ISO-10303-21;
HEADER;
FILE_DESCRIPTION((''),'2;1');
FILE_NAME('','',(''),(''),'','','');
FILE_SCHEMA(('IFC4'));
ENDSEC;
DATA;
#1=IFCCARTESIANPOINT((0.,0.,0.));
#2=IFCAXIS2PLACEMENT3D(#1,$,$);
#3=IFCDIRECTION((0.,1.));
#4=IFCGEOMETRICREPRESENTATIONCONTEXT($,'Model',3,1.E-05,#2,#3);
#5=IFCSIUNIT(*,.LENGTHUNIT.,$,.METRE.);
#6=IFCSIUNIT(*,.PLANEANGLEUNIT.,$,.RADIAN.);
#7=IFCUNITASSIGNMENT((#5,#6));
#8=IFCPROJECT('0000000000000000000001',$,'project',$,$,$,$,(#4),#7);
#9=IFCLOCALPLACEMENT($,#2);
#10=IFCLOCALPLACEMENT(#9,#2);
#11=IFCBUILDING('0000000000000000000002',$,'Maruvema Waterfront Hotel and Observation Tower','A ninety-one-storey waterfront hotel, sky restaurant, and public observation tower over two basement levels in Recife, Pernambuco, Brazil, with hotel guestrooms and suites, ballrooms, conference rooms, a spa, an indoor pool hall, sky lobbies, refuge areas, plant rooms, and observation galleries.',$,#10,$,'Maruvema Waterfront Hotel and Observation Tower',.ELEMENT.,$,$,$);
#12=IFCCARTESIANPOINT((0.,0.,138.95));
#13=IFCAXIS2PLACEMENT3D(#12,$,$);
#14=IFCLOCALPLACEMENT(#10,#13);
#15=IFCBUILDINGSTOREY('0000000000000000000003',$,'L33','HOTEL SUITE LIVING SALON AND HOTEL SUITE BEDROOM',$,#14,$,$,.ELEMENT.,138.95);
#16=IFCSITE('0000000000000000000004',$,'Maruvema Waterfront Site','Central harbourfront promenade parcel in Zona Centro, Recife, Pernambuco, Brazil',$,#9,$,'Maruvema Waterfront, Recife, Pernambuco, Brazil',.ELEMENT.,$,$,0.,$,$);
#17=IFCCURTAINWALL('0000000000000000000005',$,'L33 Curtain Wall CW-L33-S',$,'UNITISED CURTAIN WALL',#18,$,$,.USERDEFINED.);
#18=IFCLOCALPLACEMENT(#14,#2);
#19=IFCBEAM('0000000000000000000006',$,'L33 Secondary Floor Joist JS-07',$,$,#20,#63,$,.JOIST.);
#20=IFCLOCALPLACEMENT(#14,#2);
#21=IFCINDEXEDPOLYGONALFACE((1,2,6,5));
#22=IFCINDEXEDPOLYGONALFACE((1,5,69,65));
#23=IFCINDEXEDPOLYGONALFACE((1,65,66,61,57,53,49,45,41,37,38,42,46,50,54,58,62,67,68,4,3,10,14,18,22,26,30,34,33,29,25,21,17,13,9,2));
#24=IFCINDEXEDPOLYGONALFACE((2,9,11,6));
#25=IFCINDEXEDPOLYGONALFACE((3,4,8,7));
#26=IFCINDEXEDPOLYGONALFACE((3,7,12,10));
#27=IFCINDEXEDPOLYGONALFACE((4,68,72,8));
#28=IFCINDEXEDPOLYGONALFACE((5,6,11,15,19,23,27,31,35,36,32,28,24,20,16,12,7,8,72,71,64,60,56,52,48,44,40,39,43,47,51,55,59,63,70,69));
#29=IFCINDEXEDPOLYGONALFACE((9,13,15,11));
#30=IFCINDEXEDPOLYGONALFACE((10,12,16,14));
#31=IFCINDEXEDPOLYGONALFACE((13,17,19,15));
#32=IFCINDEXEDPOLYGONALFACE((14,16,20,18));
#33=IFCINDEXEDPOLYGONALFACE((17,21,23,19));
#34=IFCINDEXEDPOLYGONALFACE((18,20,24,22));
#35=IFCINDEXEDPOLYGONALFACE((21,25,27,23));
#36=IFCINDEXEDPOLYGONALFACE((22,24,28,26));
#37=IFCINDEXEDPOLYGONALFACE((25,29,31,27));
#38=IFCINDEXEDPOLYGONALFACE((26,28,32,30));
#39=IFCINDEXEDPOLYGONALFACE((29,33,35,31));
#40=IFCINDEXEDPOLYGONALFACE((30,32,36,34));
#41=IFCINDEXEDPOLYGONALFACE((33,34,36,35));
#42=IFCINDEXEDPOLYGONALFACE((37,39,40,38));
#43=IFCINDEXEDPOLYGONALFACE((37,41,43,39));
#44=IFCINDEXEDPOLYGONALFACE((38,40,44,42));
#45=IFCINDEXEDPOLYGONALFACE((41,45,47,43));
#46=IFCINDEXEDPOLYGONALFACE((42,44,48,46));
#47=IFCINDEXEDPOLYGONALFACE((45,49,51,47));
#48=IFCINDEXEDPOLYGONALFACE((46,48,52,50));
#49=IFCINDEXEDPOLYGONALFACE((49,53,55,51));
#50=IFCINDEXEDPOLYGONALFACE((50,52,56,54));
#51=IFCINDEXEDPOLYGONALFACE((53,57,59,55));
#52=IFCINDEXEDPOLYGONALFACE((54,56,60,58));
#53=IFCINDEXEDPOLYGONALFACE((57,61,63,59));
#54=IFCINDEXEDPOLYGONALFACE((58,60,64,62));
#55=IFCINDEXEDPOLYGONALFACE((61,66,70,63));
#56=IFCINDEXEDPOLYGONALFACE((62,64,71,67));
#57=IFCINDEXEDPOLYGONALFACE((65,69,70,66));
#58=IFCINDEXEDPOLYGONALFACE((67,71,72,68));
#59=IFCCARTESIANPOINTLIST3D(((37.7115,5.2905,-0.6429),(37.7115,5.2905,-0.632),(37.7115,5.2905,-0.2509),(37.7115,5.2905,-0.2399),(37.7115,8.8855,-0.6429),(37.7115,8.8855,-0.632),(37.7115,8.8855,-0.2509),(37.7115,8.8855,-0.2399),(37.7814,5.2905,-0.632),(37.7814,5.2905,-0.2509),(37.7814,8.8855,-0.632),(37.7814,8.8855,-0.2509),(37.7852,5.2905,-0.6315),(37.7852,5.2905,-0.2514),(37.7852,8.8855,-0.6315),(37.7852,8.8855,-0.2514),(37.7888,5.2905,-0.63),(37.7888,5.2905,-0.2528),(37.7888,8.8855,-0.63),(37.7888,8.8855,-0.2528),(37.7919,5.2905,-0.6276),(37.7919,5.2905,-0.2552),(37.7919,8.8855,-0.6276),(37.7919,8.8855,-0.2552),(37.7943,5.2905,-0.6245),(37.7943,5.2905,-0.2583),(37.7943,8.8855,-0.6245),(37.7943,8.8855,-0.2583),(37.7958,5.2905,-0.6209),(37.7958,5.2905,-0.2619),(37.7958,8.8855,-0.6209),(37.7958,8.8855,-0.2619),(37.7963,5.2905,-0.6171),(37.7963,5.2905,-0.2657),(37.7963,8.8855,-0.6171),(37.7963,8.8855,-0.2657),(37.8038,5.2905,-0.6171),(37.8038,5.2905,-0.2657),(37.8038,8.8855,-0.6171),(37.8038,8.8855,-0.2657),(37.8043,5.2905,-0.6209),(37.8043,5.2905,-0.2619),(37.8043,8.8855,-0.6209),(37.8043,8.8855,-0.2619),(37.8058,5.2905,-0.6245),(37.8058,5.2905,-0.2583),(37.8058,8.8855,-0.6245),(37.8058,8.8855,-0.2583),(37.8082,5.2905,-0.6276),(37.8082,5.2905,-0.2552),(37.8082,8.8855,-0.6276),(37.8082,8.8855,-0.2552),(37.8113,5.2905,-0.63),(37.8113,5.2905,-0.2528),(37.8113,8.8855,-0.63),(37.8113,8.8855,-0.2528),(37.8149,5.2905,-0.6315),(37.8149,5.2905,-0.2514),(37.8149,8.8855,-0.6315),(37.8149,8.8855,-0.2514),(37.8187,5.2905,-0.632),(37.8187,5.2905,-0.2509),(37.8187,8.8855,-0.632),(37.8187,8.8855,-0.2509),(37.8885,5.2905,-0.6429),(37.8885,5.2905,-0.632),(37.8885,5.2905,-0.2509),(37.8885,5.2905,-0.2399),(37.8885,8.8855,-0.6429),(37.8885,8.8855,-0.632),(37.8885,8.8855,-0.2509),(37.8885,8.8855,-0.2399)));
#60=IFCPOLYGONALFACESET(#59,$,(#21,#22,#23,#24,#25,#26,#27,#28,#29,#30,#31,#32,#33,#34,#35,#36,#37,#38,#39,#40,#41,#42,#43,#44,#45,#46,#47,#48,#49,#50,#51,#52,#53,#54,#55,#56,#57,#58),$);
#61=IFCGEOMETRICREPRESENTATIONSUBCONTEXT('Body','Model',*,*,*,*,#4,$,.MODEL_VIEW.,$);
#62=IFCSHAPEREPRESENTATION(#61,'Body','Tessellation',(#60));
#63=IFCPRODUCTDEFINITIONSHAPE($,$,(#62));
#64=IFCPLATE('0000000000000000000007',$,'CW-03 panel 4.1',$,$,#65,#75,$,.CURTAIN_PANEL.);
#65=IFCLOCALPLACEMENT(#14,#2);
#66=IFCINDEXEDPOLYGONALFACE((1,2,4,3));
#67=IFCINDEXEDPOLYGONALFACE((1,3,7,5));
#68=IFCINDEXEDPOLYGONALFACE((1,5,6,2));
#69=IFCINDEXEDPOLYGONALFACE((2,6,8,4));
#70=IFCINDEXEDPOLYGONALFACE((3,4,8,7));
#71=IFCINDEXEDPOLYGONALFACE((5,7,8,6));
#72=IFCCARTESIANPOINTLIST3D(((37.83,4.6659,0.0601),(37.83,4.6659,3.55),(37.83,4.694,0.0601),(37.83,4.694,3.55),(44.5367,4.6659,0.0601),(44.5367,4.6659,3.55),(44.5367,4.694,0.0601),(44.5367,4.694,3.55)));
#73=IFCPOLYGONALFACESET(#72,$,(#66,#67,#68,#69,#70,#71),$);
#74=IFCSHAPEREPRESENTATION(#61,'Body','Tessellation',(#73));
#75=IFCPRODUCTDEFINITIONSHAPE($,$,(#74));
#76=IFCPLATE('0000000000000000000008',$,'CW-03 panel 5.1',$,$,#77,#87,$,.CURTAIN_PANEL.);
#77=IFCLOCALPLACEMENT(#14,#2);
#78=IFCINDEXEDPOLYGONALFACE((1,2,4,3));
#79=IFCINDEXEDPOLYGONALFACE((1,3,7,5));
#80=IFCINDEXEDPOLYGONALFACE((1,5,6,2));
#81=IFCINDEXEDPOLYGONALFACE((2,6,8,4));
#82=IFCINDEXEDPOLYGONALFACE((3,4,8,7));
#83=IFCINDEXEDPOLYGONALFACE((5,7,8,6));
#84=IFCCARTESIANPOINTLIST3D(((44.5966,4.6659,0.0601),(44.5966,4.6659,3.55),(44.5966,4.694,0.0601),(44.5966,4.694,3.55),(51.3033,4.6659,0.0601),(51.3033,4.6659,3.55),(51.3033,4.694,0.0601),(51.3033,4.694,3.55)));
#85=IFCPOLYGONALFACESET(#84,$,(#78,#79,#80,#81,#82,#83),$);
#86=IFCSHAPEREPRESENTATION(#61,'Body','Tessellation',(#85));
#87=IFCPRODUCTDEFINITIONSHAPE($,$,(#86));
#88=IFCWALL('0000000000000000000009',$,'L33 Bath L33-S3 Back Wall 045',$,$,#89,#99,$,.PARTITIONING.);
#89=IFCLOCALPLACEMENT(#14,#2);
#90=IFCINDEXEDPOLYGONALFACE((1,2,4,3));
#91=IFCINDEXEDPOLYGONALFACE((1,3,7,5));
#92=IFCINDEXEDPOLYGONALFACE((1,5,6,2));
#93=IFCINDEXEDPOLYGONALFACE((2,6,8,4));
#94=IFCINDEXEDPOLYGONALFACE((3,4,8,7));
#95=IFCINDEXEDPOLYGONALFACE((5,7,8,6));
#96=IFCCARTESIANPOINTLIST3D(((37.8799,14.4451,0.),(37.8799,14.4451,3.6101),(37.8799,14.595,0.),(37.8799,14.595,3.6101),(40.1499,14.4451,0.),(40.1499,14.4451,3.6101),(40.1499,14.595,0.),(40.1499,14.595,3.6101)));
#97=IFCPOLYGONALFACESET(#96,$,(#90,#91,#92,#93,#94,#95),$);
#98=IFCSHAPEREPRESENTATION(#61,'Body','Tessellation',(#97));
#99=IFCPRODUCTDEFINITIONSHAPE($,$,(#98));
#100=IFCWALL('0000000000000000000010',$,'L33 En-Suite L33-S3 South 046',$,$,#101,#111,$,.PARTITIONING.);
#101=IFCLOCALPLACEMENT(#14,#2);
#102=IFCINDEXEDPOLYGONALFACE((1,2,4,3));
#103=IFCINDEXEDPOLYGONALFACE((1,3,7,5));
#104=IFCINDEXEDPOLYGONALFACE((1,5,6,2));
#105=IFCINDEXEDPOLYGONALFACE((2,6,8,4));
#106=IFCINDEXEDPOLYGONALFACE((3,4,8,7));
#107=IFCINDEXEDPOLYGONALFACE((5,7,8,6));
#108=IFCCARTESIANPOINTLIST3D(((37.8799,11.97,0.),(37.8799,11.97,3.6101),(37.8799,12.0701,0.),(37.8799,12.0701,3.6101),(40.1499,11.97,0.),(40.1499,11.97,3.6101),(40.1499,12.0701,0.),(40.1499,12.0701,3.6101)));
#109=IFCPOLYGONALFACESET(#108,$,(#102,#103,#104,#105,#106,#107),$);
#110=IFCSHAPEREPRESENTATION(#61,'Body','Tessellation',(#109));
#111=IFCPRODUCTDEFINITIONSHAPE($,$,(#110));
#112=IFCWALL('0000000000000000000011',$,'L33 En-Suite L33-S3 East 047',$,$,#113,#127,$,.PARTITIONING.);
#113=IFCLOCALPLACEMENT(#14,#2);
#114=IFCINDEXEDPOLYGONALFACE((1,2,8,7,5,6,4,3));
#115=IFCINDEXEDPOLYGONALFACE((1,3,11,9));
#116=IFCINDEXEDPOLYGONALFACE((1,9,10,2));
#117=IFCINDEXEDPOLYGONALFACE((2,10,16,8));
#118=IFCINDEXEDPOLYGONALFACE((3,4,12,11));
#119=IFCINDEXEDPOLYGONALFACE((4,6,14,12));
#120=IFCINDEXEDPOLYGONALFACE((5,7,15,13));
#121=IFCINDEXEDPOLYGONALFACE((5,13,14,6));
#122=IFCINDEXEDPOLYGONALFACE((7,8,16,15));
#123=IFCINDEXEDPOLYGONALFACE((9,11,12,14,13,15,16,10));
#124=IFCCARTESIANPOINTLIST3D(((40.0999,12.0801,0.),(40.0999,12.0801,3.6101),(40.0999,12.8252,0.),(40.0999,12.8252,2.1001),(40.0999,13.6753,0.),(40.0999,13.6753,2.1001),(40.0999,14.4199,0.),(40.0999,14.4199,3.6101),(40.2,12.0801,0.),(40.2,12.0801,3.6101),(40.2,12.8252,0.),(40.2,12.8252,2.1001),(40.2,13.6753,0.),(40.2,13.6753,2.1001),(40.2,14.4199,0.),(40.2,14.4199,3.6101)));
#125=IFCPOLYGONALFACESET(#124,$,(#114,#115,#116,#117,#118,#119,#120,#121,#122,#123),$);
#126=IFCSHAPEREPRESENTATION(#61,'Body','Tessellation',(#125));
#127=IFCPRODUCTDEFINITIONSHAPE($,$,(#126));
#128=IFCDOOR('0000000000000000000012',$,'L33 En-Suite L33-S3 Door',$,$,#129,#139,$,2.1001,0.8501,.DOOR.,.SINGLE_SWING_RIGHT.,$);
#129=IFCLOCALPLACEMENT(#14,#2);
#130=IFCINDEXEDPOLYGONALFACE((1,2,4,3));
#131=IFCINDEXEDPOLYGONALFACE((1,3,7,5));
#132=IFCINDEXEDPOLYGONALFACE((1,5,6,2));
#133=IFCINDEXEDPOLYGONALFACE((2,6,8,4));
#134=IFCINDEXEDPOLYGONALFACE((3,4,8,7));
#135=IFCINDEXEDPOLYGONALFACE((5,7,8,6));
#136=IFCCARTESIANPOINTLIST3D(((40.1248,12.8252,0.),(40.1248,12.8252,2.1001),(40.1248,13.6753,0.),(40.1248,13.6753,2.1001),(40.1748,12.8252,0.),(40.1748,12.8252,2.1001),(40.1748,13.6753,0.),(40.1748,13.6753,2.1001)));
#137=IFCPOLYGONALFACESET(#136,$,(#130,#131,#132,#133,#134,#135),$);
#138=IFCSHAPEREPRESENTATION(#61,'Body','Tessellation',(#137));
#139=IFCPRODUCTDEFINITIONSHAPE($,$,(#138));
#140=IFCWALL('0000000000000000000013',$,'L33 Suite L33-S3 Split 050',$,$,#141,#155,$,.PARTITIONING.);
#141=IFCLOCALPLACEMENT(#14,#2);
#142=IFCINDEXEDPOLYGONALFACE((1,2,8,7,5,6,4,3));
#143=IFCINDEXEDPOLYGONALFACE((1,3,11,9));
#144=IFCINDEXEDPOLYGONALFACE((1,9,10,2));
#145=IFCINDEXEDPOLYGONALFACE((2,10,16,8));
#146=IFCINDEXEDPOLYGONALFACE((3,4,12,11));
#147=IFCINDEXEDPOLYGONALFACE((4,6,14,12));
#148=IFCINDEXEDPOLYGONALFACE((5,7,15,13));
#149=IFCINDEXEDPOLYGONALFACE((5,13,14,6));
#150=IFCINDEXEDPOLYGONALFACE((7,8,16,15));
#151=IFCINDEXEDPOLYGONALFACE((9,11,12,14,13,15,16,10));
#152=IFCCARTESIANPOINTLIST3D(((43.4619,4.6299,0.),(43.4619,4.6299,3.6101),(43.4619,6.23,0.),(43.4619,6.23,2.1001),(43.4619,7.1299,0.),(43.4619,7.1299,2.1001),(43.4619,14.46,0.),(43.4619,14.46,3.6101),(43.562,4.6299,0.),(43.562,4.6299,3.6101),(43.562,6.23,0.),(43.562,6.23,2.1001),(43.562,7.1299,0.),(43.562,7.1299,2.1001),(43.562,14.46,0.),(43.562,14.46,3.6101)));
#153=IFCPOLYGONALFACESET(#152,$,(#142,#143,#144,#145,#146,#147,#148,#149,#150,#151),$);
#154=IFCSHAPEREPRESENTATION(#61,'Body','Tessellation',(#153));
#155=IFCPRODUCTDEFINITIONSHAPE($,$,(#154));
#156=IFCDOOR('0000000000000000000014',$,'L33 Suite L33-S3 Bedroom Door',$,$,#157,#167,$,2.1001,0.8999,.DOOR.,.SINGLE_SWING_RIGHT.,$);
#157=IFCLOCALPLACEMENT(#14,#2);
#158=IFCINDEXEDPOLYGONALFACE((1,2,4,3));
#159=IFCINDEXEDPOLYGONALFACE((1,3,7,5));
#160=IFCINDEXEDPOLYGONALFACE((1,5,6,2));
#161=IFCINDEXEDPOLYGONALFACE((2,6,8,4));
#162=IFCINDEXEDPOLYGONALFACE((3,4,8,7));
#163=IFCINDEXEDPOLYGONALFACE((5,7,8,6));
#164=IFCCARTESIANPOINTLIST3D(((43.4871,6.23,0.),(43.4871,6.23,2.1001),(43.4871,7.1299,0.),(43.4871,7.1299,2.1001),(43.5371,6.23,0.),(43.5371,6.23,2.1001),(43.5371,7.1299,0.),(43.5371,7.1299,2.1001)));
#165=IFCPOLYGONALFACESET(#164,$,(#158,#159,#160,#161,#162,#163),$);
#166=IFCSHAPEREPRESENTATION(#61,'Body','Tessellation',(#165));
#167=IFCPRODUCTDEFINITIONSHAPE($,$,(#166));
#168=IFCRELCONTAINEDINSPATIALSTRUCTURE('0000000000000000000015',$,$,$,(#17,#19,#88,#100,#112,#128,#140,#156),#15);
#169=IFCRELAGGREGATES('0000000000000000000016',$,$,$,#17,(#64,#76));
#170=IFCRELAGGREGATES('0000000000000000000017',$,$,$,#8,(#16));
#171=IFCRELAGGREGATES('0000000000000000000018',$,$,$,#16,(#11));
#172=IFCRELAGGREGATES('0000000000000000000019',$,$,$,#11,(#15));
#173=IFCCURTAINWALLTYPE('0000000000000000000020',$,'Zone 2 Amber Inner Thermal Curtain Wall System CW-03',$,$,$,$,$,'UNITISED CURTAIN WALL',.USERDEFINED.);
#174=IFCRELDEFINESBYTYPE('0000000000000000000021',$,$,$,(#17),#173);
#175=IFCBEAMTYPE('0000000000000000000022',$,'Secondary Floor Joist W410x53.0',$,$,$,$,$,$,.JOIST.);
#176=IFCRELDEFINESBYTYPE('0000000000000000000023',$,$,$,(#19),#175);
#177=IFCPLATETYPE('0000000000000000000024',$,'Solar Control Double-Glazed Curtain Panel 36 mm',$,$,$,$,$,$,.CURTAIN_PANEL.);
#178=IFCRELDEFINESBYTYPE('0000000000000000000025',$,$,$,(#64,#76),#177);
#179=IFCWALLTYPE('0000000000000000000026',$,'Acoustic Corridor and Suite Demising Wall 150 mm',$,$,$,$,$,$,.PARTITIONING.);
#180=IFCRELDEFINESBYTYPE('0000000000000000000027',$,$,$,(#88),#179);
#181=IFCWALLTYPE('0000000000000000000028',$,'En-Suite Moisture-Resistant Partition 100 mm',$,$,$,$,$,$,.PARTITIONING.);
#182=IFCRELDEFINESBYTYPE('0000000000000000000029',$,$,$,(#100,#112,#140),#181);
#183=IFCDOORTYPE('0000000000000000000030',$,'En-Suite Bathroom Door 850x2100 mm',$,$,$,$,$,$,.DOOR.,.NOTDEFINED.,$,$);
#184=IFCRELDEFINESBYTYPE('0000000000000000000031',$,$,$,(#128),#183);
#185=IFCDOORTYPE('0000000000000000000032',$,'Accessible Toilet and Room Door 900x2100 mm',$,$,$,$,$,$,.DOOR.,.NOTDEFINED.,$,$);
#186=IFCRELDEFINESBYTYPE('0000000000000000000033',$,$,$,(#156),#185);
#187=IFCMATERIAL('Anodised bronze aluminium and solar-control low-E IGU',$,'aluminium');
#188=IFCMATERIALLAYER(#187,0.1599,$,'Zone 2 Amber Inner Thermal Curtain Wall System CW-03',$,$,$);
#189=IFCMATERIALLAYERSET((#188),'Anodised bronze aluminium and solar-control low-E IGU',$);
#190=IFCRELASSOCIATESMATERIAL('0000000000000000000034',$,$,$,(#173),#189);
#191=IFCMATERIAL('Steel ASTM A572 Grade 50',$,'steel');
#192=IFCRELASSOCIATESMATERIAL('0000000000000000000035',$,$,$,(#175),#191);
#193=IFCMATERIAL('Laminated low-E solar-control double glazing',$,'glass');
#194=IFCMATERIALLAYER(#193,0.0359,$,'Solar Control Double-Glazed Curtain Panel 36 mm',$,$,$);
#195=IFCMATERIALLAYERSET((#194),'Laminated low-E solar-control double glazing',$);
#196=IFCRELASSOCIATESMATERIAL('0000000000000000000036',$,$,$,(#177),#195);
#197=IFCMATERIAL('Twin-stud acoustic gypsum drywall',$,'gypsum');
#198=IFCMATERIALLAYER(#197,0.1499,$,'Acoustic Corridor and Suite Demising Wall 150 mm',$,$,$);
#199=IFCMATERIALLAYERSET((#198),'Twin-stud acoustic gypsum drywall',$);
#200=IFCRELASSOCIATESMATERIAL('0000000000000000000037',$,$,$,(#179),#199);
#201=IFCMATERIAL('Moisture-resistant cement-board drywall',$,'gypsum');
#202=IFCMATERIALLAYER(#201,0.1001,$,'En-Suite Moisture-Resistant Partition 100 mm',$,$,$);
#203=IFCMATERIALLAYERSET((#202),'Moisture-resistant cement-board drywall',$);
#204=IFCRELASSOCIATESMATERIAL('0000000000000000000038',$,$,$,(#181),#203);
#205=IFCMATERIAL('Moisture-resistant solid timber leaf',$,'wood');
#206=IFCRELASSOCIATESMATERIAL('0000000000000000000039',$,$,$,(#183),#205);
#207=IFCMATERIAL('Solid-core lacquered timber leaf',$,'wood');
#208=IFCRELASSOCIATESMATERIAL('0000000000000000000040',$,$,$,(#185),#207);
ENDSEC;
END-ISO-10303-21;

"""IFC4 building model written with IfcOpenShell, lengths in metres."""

from ifc_helpers import new_model, si_unit, direction, frame, frame_2d, origin, origin_2d, place, context, subcontext, project, spatial, rectangle, i_section, extrude, material, layer, layer_set, material_profile, profile_set, type_object, element, fill, aggregate, save


model = new_model("IFC4")

# Units and contexts
model_context = context("Model", 3, precision=1e-05, world=origin(), true_north=direction((0.0, 1.0)))
body_context = subcontext(model_context, "Body", "Model", "MODEL_VIEW")
ifc_project = project(units=[si_unit("LENGTHUNIT", "METRE"), si_unit("PLANEANGLEUNIT", "RADIAN")], contexts=[model_context])

# Site, building, storey
site_placement = place(None, origin())
site = spatial("IfcSite", under=ifc_project, at=site_placement, Name="Maruvema Waterfront Site", Description="Central harbourfront promenade parcel in Zona Centro, Recife, Pernambuco, Brazil", LongName="Maruvema Waterfront, Recife, Pernambuco, Brazil", CompositionType="ELEMENT", RefElevation=0.0)
building_placement = place(site_placement, origin())
building = spatial("IfcBuilding", under=site, at=building_placement, Name="Maruvema Waterfront Hotel and Observation Tower", Description="A ninety-one-storey waterfront hotel, sky restaurant, and public observation tower over two basement levels in Recife, Pernambuco, Brazil, with hotel guestrooms and suites, ballrooms, conference rooms, a spa, an indoor pool hall, sky lobbies, refuge areas, plant rooms, and observation galleries.", LongName="Maruvema Waterfront Hotel and Observation Tower", CompositionType="ELEMENT")
storey_placement = place(building_placement, frame((0.0, 0.0, 138.95)))
storey = spatial("IfcBuildingStorey", under=building, at=storey_placement, Name="L33", Description="HOTEL SUITE LIVING SALON AND HOTEL SUITE BEDROOM", CompositionType="ELEMENT", Elevation=138.95)

# Curtain wall
ifc_material_1 = material(Name="Anodised bronze aluminium and solar-control low-E IGU", Category="aluminium")
ifc_layer_1 = layer(ifc_material_1, 0.1599, Name="Zone 2 Amber Inner Thermal Curtain Wall System CW-03")
ifc_layer_set_1 = layer_set([ifc_layer_1], Name="Anodised bronze aluminium and solar-control low-E IGU")
curtain_wall_type = type_object("IfcCurtainWallType", Name="Zone 2 Amber Inner Thermal Curtain Wall System CW-03", ElementType="UNITISED CURTAIN WALL", PredefinedType="USERDEFINED", material=ifc_layer_set_1)
curtain_wall_placement = place(storey_placement, origin())
curtain_wall = element("IfcCurtainWall", 1, at=curtain_wall_placement, inside=storey, type_object=curtain_wall_type, Name="L33 Curtain Wall CW-L33-S", ObjectType="UNITISED CURTAIN WALL", PredefinedType="USERDEFINED")

# Beam
ifc_material_2 = material(Name="Steel ASTM A572 Grade 50", Category="steel")
ifc_material_profile_1 = material_profile(ifc_material_2, i_section(OverallWidth=0.177, OverallDepth=0.4031, WebThickness=0.0076, FlangeThickness=0.011, FilletRadius=0.0149, at=origin_2d()), Name="W410x53.0")
ifc_profile_set_1 = profile_set([ifc_material_profile_1], Name="Steel ASTM A572 Grade 50")
beam_type_1 = type_object("IfcBeamType", Name="Secondary Floor Joist W410x53.0", PredefinedType="JOIST", material=ifc_profile_set_1)
beam_1_placement = place(storey_placement, frame((37.8, 5.2905, -0.4414), z_axis=(0.0, 1.0, 0.0), x_axis=(-1.0, 0.0, 0.0)))
element("IfcBeam", 2, at=beam_1_placement, inside=storey, type_object=beam_type_1, Name="L33 Secondary Floor Joist JS-07", PredefinedType="JOIST", context=body_context, shape_type="SweptSolid", body=[
    extrude(i_section(OverallWidth=0.177, OverallDepth=0.4031, WebThickness=0.0076, FlangeThickness=0.011, FilletRadius=0.0149, at=origin_2d()), origin(), (0.0, 0.0, 1.0), 3.595),
])

# Plates
ifc_material_3 = material(Name="Laminated low-E solar-control double glazing", Category="glass")
ifc_layer_2 = layer(ifc_material_3, 0.0359, Name="Solar Control Double-Glazed Curtain Panel 36 mm")
ifc_layer_set_2 = layer_set([ifc_layer_2], Name="Laminated low-E solar-control double glazing")
plate_type = type_object("IfcPlateType", Name="Solar Control Double-Glazed Curtain Panel 36 mm", PredefinedType="CURTAIN_PANEL", material=ifc_layer_set_2)
plate_1_placement = place(storey_placement, frame((41.1833, 4.6799, 0.0601), z_axis=(0.0, 0.0, 1.0), x_axis=(1.0, 0.0, 0.0)))
plate_1 = element("IfcPlate", 3, at=plate_1_placement, type_object=plate_type, Name="CW-03 panel 4.1", PredefinedType="CURTAIN_PANEL", context=body_context, shape_type="SweptSolid", body=[
    extrude(rectangle(XDim=6.7068, YDim=0.0281, at=origin_2d()), origin(), (0.0, 0.0, 1.0), 3.49),
])
plate_2_placement = place(storey_placement, frame((47.95, 4.6799, 0.0601), z_axis=(0.0, 0.0, 1.0), x_axis=(1.0, 0.0, 0.0)))
plate_2 = element("IfcPlate", 4, at=plate_2_placement, type_object=plate_type, Name="CW-03 panel 5.1", PredefinedType="CURTAIN_PANEL", context=body_context, shape_type="SweptSolid", body=[
    extrude(rectangle(XDim=6.7068, YDim=0.0281, at=origin_2d()), origin(), (0.0, 0.0, 1.0), 3.49),
])
aggregate(curtain_wall, [plate_1, plate_2])

# Wall
ifc_material_4 = material(Name="Twin-stud acoustic gypsum drywall", Category="gypsum")
ifc_layer_3 = layer(ifc_material_4, 0.1499, Name="Acoustic Corridor and Suite Demising Wall 150 mm")
ifc_layer_set_3 = layer_set([ifc_layer_3], Name="Twin-stud acoustic gypsum drywall")
wall_type_1 = type_object("IfcWallType", Name="Acoustic Corridor and Suite Demising Wall 150 mm", PredefinedType="PARTITIONING", material=ifc_layer_set_3)
wall_1_placement = place(storey_placement, frame((37.8799, 14.52, 0.0), z_axis=(0.0, 0.0, 1.0), x_axis=(1.0, 0.0, 0.0)))
element("IfcWall", 5, at=wall_1_placement, inside=storey, type_object=wall_type_1, Name="L33 Bath L33-S3 Back Wall 045", PredefinedType="PARTITIONING", context=body_context, shape_type="SweptSolid", body=[
    extrude(rectangle(XDim=2.27, YDim=0.1499, at=frame_2d((1.135, 0.0))), origin(), (0.0, 0.0, 1.0), 3.6101),
])

# Wall
ifc_material_5 = material(Name="Moisture-resistant cement-board drywall", Category="gypsum")
ifc_layer_4 = layer(ifc_material_5, 0.1001, Name="En-Suite Moisture-Resistant Partition 100 mm")
ifc_layer_set_4 = layer_set([ifc_layer_4], Name="Moisture-resistant cement-board drywall")
wall_type_2 = type_object("IfcWallType", Name="En-Suite Moisture-Resistant Partition 100 mm", PredefinedType="PARTITIONING", material=ifc_layer_set_4)
wall_2_placement = place(storey_placement, frame((37.8799, 12.02, 0.0), z_axis=(0.0, 0.0, 1.0), x_axis=(1.0, 0.0, 0.0)))
element("IfcWall", 6, at=wall_2_placement, inside=storey, type_object=wall_type_2, Name="L33 En-Suite L33-S3 South 046", PredefinedType="PARTITIONING", context=body_context, shape_type="SweptSolid", body=[
    extrude(rectangle(XDim=2.27, YDim=0.1001, at=frame_2d((1.135, 0.0))), origin(), (0.0, 0.0, 1.0), 3.6101),
])

# Walls, openings, doors
wall_3_placement = place(storey_placement, frame((40.1499, 12.0801, 0.0), z_axis=(0.0, 0.0, 1.0), x_axis=(0.0, 1.0, 0.0)))
wall_3 = element("IfcWall", 7, at=wall_3_placement, inside=storey, type_object=wall_type_2, Name="L33 En-Suite L33-S3 East 047", PredefinedType="PARTITIONING", context=body_context, shape_type="SweptSolid", body=[
    extrude(rectangle(XDim=2.3398, YDim=0.1001, at=frame_2d((1.1699, 0.0))), origin(), (0.0, 0.0, 1.0), 3.6101),
])
opening_1_placement = place(wall_3_placement, frame((0.7451, 0.0, 0.0)))
opening_1 = element("IfcOpeningElement", 8, at=opening_1_placement, cuts=wall_3, PredefinedType="OPENING", context=body_context, shape_type="SweptSolid", body=[
    extrude(rectangle(XDim=0.8501, YDim=2.1001, at=frame_2d((0.425, 1.05))), frame((0.0, 0.0601, 0.0), z_axis=(0.0, -1.0, 0.0), x_axis=(1.0, 0.0, 0.0)), (0.0, 0.0, 1.0), 0.1201),
])
ifc_material_6 = material(Name="Moisture-resistant solid timber leaf", Category="wood")
door_type_1 = type_object("IfcDoorType", Name="En-Suite Bathroom Door 850x2100 mm", OperationType="NOTDEFINED", PredefinedType="DOOR", material=ifc_material_6)
door_1_placement = place(opening_1_placement, frame((0.8501, 0.0, 0.0), z_axis=(0.0, 0.0, 1.0), x_axis=(-1.0, 0.0, 0.0)))
door_1 = element("IfcDoor", 9, at=door_1_placement, inside=storey, type_object=door_type_1, Name="L33 En-Suite L33-S3 Door", OperationType="SINGLE_SWING_RIGHT", OverallHeight=2.1001, OverallWidth=0.8501, PredefinedType="DOOR", context=body_context, shape_type="SweptSolid", body=[
    extrude(rectangle(XDim=0.8501, YDim=2.1001, at=frame_2d((0.425, 1.05))), frame((0.0, 0.0249, 0.0), z_axis=(0.0, -1.0, 0.0), x_axis=(1.0, 0.0, 0.0)), (0.0, 0.0, 1.0), 0.05),
])
fill(opening_1, door_1)
wall_4_placement = place(storey_placement, frame((43.512, 4.6299, 0.0), z_axis=(0.0, 0.0, 1.0), x_axis=(0.0, 1.0, 0.0)))
wall_4 = element("IfcWall", 10, at=wall_4_placement, inside=storey, type_object=wall_type_2, Name="L33 Suite L33-S3 Split 050", PredefinedType="PARTITIONING", context=body_context, shape_type="SweptSolid", body=[
    extrude(rectangle(XDim=9.8301, YDim=0.1001, at=frame_2d((4.915, 0.0))), origin(), (0.0, 0.0, 1.0), 3.6101),
])
opening_2_placement = place(wall_4_placement, frame((1.6001, 0.0, 0.0)))
opening_2 = element("IfcOpeningElement", 11, at=opening_2_placement, cuts=wall_4, PredefinedType="OPENING", context=body_context, shape_type="SweptSolid", body=[
    extrude(rectangle(XDim=0.8999, YDim=2.1001, at=frame_2d((0.45, 1.05))), frame((0.0, 0.0601, 0.0), z_axis=(0.0, -1.0, 0.0), x_axis=(1.0, 0.0, 0.0)), (0.0, 0.0, 1.0), 0.1201),
])
ifc_material_7 = material(Name="Solid-core lacquered timber leaf", Category="wood")
door_type_2 = type_object("IfcDoorType", Name="Accessible Toilet and Room Door 900x2100 mm", OperationType="NOTDEFINED", PredefinedType="DOOR", material=ifc_material_7)
door_2_placement = place(opening_2_placement, origin())
door_2 = element("IfcDoor", 12, at=door_2_placement, inside=storey, type_object=door_type_2, Name="L33 Suite L33-S3 Bedroom Door", OperationType="SINGLE_SWING_RIGHT", OverallHeight=2.1001, OverallWidth=0.8999, PredefinedType="DOOR", context=body_context, shape_type="SweptSolid", body=[
    extrude(rectangle(XDim=0.8999, YDim=2.1001, at=frame_2d((0.45, 1.05))), frame((0.0, 0.0249, 0.0), z_axis=(0.0, -1.0, 0.0), x_axis=(1.0, 0.0, 0.0)), (0.0, 0.0, 1.0), 0.05),
])
fill(opening_2, door_2)

save(model, "model.ifc")
